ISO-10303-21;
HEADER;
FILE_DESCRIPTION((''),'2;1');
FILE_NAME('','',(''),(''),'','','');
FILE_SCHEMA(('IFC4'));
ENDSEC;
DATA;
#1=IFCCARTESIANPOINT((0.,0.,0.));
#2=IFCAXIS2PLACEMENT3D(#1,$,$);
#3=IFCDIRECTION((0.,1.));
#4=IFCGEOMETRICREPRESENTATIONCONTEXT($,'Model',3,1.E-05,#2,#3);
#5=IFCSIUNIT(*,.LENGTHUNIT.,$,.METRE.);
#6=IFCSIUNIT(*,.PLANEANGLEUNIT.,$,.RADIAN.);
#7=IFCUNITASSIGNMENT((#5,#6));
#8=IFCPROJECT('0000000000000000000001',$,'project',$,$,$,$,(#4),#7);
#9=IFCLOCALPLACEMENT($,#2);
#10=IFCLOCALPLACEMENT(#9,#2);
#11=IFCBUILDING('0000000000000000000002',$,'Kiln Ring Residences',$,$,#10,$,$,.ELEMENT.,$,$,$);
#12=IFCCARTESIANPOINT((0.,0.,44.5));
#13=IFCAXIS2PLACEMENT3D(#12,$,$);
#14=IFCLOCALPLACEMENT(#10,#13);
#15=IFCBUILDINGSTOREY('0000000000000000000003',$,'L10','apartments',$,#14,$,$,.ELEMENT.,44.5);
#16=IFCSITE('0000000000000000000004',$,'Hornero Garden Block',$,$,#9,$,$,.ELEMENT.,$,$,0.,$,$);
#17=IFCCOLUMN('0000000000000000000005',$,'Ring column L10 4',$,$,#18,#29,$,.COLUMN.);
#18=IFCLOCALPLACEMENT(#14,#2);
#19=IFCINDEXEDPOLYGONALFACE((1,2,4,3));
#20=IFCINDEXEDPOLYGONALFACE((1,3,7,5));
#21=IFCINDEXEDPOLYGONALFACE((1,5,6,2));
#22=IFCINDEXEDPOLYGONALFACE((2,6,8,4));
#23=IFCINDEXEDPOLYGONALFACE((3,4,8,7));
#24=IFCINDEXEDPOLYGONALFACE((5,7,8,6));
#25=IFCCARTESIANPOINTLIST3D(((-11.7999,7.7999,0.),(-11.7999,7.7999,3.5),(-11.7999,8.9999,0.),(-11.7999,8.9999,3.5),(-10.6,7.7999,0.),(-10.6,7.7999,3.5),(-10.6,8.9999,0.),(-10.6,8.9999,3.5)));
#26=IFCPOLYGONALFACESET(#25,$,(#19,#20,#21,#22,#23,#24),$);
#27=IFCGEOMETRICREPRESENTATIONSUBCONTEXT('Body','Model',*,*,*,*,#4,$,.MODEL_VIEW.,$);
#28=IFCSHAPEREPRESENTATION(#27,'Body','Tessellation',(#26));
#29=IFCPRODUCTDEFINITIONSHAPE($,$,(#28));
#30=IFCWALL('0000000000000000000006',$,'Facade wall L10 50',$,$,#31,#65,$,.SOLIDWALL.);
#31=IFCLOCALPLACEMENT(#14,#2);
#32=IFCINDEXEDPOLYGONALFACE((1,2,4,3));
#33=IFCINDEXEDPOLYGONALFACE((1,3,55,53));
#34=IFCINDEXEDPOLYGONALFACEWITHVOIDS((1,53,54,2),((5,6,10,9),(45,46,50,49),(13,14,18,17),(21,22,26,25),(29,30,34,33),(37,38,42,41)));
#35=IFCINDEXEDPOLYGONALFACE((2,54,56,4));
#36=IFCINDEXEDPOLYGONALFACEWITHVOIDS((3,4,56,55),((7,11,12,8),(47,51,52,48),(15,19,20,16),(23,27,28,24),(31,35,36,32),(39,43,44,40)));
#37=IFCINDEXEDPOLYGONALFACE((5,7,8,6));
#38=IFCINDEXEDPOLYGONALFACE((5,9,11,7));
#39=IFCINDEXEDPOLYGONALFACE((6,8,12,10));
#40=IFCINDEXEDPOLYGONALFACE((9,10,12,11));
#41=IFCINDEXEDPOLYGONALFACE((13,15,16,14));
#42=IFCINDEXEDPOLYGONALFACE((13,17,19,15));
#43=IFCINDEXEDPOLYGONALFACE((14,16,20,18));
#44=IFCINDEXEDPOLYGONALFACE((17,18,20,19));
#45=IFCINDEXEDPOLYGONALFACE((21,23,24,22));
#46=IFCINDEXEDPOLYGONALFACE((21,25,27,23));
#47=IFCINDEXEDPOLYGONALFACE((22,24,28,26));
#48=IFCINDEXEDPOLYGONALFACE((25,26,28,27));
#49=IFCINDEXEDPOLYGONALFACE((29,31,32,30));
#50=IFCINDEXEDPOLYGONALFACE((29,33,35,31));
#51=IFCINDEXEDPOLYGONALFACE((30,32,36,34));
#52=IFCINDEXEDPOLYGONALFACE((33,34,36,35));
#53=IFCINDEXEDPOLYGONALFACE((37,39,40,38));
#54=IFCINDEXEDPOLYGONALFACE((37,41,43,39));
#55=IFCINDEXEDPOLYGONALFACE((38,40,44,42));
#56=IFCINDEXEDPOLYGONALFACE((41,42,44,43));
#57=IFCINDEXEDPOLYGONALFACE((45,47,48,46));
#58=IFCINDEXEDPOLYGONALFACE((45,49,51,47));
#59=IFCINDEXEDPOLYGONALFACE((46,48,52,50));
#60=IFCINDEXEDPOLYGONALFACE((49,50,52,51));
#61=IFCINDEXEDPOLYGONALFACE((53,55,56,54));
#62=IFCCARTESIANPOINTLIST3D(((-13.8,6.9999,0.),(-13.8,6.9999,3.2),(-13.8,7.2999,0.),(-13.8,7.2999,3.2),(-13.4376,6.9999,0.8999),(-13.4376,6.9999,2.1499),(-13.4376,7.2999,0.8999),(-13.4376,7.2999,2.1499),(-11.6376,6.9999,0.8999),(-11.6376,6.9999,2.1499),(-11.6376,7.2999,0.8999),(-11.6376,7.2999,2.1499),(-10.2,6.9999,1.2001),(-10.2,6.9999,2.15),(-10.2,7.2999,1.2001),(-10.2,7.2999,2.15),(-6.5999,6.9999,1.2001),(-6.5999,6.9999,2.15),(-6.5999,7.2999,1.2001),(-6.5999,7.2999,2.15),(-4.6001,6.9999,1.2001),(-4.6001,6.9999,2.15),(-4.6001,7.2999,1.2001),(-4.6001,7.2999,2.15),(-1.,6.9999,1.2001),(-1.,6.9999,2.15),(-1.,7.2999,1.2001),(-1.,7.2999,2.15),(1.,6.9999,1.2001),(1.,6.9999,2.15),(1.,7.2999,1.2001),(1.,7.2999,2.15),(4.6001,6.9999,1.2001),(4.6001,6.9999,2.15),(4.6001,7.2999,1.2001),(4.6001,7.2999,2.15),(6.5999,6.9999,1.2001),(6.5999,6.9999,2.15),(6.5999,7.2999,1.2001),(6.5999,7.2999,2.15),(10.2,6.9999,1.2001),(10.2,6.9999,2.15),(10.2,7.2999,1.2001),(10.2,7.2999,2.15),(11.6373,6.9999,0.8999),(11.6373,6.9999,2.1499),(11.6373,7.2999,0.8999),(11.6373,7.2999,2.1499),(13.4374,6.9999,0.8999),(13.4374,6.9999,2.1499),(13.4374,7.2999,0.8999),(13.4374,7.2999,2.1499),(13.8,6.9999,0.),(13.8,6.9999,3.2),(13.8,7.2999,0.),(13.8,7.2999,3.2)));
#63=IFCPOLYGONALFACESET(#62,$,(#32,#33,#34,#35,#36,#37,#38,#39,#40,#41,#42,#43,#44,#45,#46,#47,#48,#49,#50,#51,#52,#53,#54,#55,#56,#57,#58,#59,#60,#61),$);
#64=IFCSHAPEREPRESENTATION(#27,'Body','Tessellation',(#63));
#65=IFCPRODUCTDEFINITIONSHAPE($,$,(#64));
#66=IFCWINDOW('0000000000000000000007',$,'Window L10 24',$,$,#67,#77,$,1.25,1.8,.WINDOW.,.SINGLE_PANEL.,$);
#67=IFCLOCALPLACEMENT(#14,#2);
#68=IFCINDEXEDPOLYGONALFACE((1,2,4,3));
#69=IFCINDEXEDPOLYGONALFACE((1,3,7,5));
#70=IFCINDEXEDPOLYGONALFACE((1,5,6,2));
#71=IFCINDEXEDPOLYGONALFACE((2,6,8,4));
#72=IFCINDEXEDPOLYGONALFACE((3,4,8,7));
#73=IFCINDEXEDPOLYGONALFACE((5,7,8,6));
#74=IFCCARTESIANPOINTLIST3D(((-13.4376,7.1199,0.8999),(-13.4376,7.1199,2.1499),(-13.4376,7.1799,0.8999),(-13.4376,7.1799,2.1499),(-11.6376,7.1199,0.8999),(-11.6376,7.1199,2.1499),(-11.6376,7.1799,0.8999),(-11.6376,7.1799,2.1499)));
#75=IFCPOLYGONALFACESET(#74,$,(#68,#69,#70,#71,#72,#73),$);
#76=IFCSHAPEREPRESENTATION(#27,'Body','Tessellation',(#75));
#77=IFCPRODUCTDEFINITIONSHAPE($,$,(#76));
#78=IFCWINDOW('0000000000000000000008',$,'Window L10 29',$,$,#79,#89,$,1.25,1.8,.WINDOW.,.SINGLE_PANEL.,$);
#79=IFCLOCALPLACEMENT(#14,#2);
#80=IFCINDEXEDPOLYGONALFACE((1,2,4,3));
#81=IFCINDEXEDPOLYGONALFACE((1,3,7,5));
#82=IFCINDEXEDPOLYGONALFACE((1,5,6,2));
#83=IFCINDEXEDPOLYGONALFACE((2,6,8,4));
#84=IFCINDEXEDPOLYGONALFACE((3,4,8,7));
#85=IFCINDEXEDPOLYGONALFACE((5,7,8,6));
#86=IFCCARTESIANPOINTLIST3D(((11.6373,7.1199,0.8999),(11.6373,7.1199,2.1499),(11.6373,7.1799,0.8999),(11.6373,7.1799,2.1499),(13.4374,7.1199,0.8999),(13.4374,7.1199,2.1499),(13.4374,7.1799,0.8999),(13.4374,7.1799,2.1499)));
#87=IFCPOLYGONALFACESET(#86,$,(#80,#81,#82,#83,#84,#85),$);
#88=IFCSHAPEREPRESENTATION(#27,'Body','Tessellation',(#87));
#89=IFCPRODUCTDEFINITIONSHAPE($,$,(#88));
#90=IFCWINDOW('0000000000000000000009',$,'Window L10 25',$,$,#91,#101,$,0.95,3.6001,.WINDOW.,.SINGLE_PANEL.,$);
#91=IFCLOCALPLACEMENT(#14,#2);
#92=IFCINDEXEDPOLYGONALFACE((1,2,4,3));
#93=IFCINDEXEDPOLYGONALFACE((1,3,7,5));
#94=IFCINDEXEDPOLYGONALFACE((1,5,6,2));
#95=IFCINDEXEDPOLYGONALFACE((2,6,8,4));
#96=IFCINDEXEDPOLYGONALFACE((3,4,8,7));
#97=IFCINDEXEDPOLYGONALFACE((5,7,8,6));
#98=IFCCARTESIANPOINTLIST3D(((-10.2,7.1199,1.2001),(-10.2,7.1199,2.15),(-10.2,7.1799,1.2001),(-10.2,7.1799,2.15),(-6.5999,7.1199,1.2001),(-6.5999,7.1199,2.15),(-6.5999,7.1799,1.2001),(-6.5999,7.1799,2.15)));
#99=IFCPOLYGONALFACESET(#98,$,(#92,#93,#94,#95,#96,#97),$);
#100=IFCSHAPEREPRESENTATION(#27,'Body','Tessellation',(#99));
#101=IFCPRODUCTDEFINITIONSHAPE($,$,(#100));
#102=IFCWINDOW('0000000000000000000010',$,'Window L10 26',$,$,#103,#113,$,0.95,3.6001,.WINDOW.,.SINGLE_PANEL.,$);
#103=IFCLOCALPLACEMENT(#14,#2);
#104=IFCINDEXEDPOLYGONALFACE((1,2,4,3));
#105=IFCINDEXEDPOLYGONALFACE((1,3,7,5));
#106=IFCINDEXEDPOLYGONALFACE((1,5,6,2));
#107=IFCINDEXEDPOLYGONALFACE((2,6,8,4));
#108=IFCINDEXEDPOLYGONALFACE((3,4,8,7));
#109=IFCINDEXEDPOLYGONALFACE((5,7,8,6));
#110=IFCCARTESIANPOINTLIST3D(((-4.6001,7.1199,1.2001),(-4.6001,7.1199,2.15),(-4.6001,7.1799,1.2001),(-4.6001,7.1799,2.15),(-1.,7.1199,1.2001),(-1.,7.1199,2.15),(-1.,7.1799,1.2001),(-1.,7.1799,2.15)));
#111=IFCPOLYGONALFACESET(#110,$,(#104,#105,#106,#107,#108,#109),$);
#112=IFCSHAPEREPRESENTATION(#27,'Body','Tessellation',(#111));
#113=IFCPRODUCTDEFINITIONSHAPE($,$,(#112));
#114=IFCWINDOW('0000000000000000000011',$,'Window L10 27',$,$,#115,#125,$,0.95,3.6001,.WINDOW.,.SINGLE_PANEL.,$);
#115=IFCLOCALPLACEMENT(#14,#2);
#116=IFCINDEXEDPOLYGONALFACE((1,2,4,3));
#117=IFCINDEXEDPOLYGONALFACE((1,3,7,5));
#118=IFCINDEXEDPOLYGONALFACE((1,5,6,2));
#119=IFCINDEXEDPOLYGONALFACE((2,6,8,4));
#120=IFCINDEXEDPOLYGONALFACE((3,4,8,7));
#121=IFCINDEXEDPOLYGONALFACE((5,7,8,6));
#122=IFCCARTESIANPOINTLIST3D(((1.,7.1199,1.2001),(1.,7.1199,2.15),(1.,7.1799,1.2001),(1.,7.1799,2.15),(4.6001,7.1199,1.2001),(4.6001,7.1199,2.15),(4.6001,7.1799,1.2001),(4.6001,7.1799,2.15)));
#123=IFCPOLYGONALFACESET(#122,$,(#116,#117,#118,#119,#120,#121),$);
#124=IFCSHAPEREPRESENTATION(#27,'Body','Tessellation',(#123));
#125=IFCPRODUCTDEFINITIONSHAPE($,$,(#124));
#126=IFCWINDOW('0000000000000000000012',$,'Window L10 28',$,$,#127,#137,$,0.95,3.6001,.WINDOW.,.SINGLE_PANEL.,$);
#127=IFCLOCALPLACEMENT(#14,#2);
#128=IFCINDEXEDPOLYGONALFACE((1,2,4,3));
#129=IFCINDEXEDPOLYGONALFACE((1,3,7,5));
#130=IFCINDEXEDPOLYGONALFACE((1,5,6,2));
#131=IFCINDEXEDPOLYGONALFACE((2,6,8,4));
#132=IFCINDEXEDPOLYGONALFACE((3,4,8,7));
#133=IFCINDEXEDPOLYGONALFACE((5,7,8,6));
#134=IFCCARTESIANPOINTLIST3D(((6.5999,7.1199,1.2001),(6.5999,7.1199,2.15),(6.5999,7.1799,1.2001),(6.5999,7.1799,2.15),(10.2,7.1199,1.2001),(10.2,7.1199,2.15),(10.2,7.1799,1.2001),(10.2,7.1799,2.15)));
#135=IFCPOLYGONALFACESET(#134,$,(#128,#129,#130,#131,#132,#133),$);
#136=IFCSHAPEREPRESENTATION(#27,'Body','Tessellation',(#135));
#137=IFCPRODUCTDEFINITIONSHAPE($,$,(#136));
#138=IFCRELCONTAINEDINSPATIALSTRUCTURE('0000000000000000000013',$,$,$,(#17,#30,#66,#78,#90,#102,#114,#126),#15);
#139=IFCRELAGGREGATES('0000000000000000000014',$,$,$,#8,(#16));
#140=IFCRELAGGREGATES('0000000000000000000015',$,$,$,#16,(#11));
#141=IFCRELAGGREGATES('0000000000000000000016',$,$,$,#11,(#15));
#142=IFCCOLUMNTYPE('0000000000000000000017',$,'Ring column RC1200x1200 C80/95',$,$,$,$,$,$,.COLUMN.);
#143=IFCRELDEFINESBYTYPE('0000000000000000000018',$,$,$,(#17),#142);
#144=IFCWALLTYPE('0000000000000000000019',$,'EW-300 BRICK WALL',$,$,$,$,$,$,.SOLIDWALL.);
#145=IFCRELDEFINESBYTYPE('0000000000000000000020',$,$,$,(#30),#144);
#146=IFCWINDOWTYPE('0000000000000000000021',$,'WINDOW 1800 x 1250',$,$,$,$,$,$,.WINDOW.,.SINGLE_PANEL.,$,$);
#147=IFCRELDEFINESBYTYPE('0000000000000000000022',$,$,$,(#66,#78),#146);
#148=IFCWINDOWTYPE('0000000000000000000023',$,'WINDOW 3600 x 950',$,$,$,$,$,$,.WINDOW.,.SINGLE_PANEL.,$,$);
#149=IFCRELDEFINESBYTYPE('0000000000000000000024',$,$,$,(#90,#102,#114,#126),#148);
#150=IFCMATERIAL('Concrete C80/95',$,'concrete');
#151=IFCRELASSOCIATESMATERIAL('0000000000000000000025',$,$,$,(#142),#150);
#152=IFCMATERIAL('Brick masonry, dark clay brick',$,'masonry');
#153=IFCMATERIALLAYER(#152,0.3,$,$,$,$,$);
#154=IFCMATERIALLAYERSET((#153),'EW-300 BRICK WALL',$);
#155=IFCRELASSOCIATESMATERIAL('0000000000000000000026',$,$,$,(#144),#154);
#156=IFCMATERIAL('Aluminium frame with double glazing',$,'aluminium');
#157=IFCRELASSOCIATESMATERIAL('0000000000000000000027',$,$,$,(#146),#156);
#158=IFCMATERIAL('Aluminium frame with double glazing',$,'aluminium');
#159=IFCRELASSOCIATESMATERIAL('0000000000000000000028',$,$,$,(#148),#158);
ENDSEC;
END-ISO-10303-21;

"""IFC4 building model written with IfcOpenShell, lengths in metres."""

from ifc_helpers import new_model, si_unit, direction, frame, frame_2d, origin, origin_2d, place, context, subcontext, project, spatial, rectangle, extrude, material, layer, layer_set, material_profile, profile_set, type_object, element, fill, save


model = new_model("IFC4")

# Units and contexts
model_context = context("Model", 3, precision=1e-05, world=origin(), true_north=direction((0.0, 1.0)))
body_context = subcontext(model_context, "Body", "Model", "MODEL_VIEW")
ifc_project = project(units=[si_unit("LENGTHUNIT", "METRE"), si_unit("PLANEANGLEUNIT", "RADIAN")], contexts=[model_context])

# Site, building, storey
site_placement = place(None, origin())
site = spatial("IfcSite", under=ifc_project, at=site_placement, Name="Hornero Garden Block", CompositionType="ELEMENT", RefElevation=0.0)
building_placement = place(site_placement, origin())
building = spatial("IfcBuilding", under=site, at=building_placement, Name="Kiln Ring Residences", CompositionType="ELEMENT")
storey_placement = place(building_placement, frame((0.0, 0.0, 44.5)))
storey = spatial("IfcBuildingStorey", under=building, at=storey_placement, Name="L10", Description="apartments", CompositionType="ELEMENT", Elevation=44.5)

# Column
ifc_material_1 = material(Name="Concrete C80/95", Category="concrete")
ifc_material_profile = material_profile(ifc_material_1, rectangle(XDim=1.2, YDim=1.2, at=origin_2d()), Name="RC1200x1200")
ifc_profile_set = profile_set([ifc_material_profile], Name="Concrete C80/95")
column_type = type_object("IfcColumnType", Name="Ring column RC1200x1200 C80/95", PredefinedType="COLUMN", material=ifc_profile_set)
column_placement = place(storey_placement, frame((-11.2, 8.3999, 0.0), z_axis=(0.0, 0.0, 1.0), x_axis=(1.0, 0.0, 0.0)))
element("IfcColumn", 1, at=column_placement, inside=storey, type_object=column_type, Name="Ring column L10 4", PredefinedType="COLUMN", context=body_context, shape_type="SweptSolid", body=[
    extrude(rectangle(XDim=1.2, YDim=1.2, at=origin_2d()), origin(), (0.0, 0.0, 1.0), 3.5),
])

# Wall, openings, windows
ifc_material_2 = material(Name="Brick masonry, dark clay brick", Category="masonry")
ifc_layer_1 = layer(ifc_material_2, 0.3)
ifc_layer_set_1 = layer_set([ifc_layer_1], Name="EW-300 BRICK WALL")
wall_type_1 = type_object("IfcWallType", Name="EW-300 BRICK WALL", PredefinedType="SOLIDWALL", material=ifc_layer_set_1)
wall_1_placement = place(storey_placement, frame((-13.8, 7.1499, 0.0), z_axis=(0.0, 0.0, 1.0), x_axis=(1.0, 0.0, 0.0)))
wall_1 = element("IfcWall", 2, at=wall_1_placement, inside=storey, type_object=wall_type_1, Name="Facade wall L10 50", PredefinedType="SOLIDWALL", context=body_context, shape_type="SweptSolid", body=[
    extrude(rectangle(XDim=27.6001, YDim=0.3, at=frame_2d((13.8, 0.0))), origin(), (0.0, 0.0, 1.0), 3.2),
])
opening_1_placement = place(wall_1_placement, frame((0.3625, 0.0, 0.8999)))
opening_1 = element("IfcOpeningElement", 3, at=opening_1_placement, cuts=wall_1, PredefinedType="OPENING", context=body_context, shape_type="SweptSolid", body=[
    extrude(rectangle(XDim=1.8, YDim=1.25, at=frame_2d((0.8999, 0.625))), frame((0.0, 0.1599, 0.0), z_axis=(0.0, -1.0, 0.0), x_axis=(1.0, 0.0, 0.0)), (0.0, 0.0, 1.0), 0.3201),
])
opening_2_placement = place(wall_1_placement, frame((3.6001, 0.0, 1.2)))
opening_2 = element("IfcOpeningElement", 4, at=opening_2_placement, cuts=wall_1, PredefinedType="OPENING", context=body_context, shape_type="SweptSolid", body=[
    extrude(rectangle(XDim=3.6001, YDim=0.95, at=frame_2d((1.8, 0.4751))), frame((0.0, 0.1599, 0.0), z_axis=(0.0, -1.0, 0.0), x_axis=(1.0, 0.0, 0.0)), (0.0, 0.0, 1.0), 0.3201),
])
opening_3_placement = place(wall_1_placement, frame((9.2, 0.0, 1.2)))
opening_3 = element("IfcOpeningElement", 5, at=opening_3_placement, cuts=wall_1, PredefinedType="OPENING", context=body_context, shape_type="SweptSolid", body=[
    extrude(rectangle(XDim=3.6001, YDim=0.95, at=frame_2d((1.8, 0.4751))), frame((0.0, 0.1599, 0.0), z_axis=(0.0, -1.0, 0.0), x_axis=(1.0, 0.0, 0.0)), (0.0, 0.0, 1.0), 0.3201),
])
opening_4_placement = place(wall_1_placement, frame((14.8, 0.0, 1.2)))
opening_4 = element("IfcOpeningElement", 6, at=opening_4_placement, cuts=wall_1, PredefinedType="OPENING", context=body_context, shape_type="SweptSolid", body=[
    extrude(rectangle(XDim=3.6001, YDim=0.95, at=frame_2d((1.8, 0.4751))), frame((0.0, 0.1599, 0.0), z_axis=(0.0, -1.0, 0.0), x_axis=(1.0, 0.0, 0.0)), (0.0, 0.0, 1.0), 0.3201),
])
opening_5_placement = place(wall_1_placement, frame((20.3999, 0.0, 1.2)))
opening_5 = element("IfcOpeningElement", 7, at=opening_5_placement, cuts=wall_1, PredefinedType="OPENING", context=body_context, shape_type="SweptSolid", body=[
    extrude(rectangle(XDim=3.6001, YDim=0.95, at=frame_2d((1.8, 0.4751))), frame((0.0, 0.1599, 0.0), z_axis=(0.0, -1.0, 0.0), x_axis=(1.0, 0.0, 0.0)), (0.0, 0.0, 1.0), 0.3201),
])
opening_6_placement = place(wall_1_placement, frame((25.4375, 0.0, 0.8999)))
opening_6 = element("IfcOpeningElement", 8, at=opening_6_placement, cuts=wall_1, PredefinedType="OPENING", context=body_context, shape_type="SweptSolid", body=[
    extrude(rectangle(XDim=1.8, YDim=1.25, at=frame_2d((0.8999, 0.625))), frame((0.0, 0.1599, 0.0), z_axis=(0.0, -1.0, 0.0), x_axis=(1.0, 0.0, 0.0)), (0.0, 0.0, 1.0), 0.3201),
])
ifc_material_3 = material(Name="Aluminium frame with double glazing", Category="aluminium")
window_type_1 = type_object("IfcWindowType", Name="WINDOW 1800 x 1250", PartitioningType="SINGLE_PANEL", PredefinedType="WINDOW", material=ifc_material_3)
window_1_placement = place(opening_1_placement, origin())
window_1 = element("IfcWindow", 9, at=window_1_placement, inside=storey, type_object=window_type_1, Name="Window L10 24", OverallHeight=1.25, OverallWidth=1.8, PartitioningType="SINGLE_PANEL", PredefinedType="WINDOW", context=body_context, shape_type="SweptSolid", body=[
    extrude(rectangle(XDim=1.8, YDim=1.25, at=frame_2d((0.8999, 0.625))), frame((0.0, 0.03, 0.0), z_axis=(0.0, -1.0, 0.0), x_axis=(1.0, 0.0, 0.0)), (0.0, 0.0, 1.0), 0.0601),
])
fill(opening_1, window_1)
window_2_placement = place(opening_6_placement, origin())
window_2 = element("IfcWindow", 10, at=window_2_placement, inside=storey, type_object=window_type_1, Name="Window L10 29", OverallHeight=1.25, OverallWidth=1.8, PartitioningType="SINGLE_PANEL", PredefinedType="WINDOW", context=body_context, shape_type="SweptSolid", body=[
    extrude(rectangle(XDim=1.8, YDim=1.25, at=frame_2d((0.8999, 0.625))), frame((0.0, 0.03, 0.0), z_axis=(0.0, -1.0, 0.0), x_axis=(1.0, 0.0, 0.0)), (0.0, 0.0, 1.0), 0.0601),
])
fill(opening_6, window_2)
ifc_material_4 = material(Name="Aluminium frame with double glazing", Category="aluminium")
window_type_2 = type_object("IfcWindowType", Name="WINDOW 3600 x 950", PartitioningType="SINGLE_PANEL", PredefinedType="WINDOW", material=ifc_material_4)
window_3_placement = place(opening_2_placement, origin())
window_3 = element("IfcWindow", 11, at=window_3_placement, inside=storey, type_object=window_type_2, Name="Window L10 25", OverallHeight=0.95, OverallWidth=3.6001, PartitioningType="SINGLE_PANEL", PredefinedType="WINDOW", context=body_context, shape_type="SweptSolid", body=[
    extrude(rectangle(XDim=3.6001, YDim=0.95, at=frame_2d((1.8, 0.4751))), frame((0.0, 0.03, 0.0), z_axis=(0.0, -1.0, 0.0), x_axis=(1.0, 0.0, 0.0)), (0.0, 0.0, 1.0), 0.0601),
])
fill(opening_2, window_3)
window_4_placement = place(opening_3_placement, origin())
window_4 = element("IfcWindow", 12, at=window_4_placement, inside=storey, type_object=window_type_2, Name="Window L10 26", OverallHeight=0.95, OverallWidth=3.6001, PartitioningType="SINGLE_PANEL", PredefinedType="WINDOW", context=body_context, shape_type="SweptSolid", body=[
    extrude(rectangle(XDim=3.6001, YDim=0.95, at=frame_2d((1.8, 0.4751))), frame((0.0, 0.03, 0.0), z_axis=(0.0, -1.0, 0.0), x_axis=(1.0, 0.0, 0.0)), (0.0, 0.0, 1.0), 0.0601),
])
fill(opening_3, window_4)
window_5_placement = place(opening_4_placement, origin())
window_5 = element("IfcWindow", 13, at=window_5_placement, inside=storey, type_object=window_type_2, Name="Window L10 27", OverallHeight=0.95, OverallWidth=3.6001, PartitioningType="SINGLE_PANEL", PredefinedType="WINDOW", context=body_context, shape_type="SweptSolid", body=[
    extrude(rectangle(XDim=3.6001, YDim=0.95, at=frame_2d((1.8, 0.4751))), frame((0.0, 0.03, 0.0), z_axis=(0.0, -1.0, 0.0), x_axis=(1.0, 0.0, 0.0)), (0.0, 0.0, 1.0), 0.0601),
])
fill(opening_4, window_5)
window_6_placement = place(opening_5_placement, origin())
window_6 = element("IfcWindow", 14, at=window_6_placement, inside=storey, type_object=window_type_2, Name="Window L10 28", OverallHeight=0.95, OverallWidth=3.6001, PartitioningType="SINGLE_PANEL", PredefinedType="WINDOW", context=body_context, shape_type="SweptSolid", body=[
    extrude(rectangle(XDim=3.6001, YDim=0.95, at=frame_2d((1.8, 0.4751))), frame((0.0, 0.03, 0.0), z_axis=(0.0, -1.0, 0.0), x_axis=(1.0, 0.0, 0.0)), (0.0, 0.0, 1.0), 0.0601),
])
fill(opening_5, window_6)

save(model, "model.ifc")
